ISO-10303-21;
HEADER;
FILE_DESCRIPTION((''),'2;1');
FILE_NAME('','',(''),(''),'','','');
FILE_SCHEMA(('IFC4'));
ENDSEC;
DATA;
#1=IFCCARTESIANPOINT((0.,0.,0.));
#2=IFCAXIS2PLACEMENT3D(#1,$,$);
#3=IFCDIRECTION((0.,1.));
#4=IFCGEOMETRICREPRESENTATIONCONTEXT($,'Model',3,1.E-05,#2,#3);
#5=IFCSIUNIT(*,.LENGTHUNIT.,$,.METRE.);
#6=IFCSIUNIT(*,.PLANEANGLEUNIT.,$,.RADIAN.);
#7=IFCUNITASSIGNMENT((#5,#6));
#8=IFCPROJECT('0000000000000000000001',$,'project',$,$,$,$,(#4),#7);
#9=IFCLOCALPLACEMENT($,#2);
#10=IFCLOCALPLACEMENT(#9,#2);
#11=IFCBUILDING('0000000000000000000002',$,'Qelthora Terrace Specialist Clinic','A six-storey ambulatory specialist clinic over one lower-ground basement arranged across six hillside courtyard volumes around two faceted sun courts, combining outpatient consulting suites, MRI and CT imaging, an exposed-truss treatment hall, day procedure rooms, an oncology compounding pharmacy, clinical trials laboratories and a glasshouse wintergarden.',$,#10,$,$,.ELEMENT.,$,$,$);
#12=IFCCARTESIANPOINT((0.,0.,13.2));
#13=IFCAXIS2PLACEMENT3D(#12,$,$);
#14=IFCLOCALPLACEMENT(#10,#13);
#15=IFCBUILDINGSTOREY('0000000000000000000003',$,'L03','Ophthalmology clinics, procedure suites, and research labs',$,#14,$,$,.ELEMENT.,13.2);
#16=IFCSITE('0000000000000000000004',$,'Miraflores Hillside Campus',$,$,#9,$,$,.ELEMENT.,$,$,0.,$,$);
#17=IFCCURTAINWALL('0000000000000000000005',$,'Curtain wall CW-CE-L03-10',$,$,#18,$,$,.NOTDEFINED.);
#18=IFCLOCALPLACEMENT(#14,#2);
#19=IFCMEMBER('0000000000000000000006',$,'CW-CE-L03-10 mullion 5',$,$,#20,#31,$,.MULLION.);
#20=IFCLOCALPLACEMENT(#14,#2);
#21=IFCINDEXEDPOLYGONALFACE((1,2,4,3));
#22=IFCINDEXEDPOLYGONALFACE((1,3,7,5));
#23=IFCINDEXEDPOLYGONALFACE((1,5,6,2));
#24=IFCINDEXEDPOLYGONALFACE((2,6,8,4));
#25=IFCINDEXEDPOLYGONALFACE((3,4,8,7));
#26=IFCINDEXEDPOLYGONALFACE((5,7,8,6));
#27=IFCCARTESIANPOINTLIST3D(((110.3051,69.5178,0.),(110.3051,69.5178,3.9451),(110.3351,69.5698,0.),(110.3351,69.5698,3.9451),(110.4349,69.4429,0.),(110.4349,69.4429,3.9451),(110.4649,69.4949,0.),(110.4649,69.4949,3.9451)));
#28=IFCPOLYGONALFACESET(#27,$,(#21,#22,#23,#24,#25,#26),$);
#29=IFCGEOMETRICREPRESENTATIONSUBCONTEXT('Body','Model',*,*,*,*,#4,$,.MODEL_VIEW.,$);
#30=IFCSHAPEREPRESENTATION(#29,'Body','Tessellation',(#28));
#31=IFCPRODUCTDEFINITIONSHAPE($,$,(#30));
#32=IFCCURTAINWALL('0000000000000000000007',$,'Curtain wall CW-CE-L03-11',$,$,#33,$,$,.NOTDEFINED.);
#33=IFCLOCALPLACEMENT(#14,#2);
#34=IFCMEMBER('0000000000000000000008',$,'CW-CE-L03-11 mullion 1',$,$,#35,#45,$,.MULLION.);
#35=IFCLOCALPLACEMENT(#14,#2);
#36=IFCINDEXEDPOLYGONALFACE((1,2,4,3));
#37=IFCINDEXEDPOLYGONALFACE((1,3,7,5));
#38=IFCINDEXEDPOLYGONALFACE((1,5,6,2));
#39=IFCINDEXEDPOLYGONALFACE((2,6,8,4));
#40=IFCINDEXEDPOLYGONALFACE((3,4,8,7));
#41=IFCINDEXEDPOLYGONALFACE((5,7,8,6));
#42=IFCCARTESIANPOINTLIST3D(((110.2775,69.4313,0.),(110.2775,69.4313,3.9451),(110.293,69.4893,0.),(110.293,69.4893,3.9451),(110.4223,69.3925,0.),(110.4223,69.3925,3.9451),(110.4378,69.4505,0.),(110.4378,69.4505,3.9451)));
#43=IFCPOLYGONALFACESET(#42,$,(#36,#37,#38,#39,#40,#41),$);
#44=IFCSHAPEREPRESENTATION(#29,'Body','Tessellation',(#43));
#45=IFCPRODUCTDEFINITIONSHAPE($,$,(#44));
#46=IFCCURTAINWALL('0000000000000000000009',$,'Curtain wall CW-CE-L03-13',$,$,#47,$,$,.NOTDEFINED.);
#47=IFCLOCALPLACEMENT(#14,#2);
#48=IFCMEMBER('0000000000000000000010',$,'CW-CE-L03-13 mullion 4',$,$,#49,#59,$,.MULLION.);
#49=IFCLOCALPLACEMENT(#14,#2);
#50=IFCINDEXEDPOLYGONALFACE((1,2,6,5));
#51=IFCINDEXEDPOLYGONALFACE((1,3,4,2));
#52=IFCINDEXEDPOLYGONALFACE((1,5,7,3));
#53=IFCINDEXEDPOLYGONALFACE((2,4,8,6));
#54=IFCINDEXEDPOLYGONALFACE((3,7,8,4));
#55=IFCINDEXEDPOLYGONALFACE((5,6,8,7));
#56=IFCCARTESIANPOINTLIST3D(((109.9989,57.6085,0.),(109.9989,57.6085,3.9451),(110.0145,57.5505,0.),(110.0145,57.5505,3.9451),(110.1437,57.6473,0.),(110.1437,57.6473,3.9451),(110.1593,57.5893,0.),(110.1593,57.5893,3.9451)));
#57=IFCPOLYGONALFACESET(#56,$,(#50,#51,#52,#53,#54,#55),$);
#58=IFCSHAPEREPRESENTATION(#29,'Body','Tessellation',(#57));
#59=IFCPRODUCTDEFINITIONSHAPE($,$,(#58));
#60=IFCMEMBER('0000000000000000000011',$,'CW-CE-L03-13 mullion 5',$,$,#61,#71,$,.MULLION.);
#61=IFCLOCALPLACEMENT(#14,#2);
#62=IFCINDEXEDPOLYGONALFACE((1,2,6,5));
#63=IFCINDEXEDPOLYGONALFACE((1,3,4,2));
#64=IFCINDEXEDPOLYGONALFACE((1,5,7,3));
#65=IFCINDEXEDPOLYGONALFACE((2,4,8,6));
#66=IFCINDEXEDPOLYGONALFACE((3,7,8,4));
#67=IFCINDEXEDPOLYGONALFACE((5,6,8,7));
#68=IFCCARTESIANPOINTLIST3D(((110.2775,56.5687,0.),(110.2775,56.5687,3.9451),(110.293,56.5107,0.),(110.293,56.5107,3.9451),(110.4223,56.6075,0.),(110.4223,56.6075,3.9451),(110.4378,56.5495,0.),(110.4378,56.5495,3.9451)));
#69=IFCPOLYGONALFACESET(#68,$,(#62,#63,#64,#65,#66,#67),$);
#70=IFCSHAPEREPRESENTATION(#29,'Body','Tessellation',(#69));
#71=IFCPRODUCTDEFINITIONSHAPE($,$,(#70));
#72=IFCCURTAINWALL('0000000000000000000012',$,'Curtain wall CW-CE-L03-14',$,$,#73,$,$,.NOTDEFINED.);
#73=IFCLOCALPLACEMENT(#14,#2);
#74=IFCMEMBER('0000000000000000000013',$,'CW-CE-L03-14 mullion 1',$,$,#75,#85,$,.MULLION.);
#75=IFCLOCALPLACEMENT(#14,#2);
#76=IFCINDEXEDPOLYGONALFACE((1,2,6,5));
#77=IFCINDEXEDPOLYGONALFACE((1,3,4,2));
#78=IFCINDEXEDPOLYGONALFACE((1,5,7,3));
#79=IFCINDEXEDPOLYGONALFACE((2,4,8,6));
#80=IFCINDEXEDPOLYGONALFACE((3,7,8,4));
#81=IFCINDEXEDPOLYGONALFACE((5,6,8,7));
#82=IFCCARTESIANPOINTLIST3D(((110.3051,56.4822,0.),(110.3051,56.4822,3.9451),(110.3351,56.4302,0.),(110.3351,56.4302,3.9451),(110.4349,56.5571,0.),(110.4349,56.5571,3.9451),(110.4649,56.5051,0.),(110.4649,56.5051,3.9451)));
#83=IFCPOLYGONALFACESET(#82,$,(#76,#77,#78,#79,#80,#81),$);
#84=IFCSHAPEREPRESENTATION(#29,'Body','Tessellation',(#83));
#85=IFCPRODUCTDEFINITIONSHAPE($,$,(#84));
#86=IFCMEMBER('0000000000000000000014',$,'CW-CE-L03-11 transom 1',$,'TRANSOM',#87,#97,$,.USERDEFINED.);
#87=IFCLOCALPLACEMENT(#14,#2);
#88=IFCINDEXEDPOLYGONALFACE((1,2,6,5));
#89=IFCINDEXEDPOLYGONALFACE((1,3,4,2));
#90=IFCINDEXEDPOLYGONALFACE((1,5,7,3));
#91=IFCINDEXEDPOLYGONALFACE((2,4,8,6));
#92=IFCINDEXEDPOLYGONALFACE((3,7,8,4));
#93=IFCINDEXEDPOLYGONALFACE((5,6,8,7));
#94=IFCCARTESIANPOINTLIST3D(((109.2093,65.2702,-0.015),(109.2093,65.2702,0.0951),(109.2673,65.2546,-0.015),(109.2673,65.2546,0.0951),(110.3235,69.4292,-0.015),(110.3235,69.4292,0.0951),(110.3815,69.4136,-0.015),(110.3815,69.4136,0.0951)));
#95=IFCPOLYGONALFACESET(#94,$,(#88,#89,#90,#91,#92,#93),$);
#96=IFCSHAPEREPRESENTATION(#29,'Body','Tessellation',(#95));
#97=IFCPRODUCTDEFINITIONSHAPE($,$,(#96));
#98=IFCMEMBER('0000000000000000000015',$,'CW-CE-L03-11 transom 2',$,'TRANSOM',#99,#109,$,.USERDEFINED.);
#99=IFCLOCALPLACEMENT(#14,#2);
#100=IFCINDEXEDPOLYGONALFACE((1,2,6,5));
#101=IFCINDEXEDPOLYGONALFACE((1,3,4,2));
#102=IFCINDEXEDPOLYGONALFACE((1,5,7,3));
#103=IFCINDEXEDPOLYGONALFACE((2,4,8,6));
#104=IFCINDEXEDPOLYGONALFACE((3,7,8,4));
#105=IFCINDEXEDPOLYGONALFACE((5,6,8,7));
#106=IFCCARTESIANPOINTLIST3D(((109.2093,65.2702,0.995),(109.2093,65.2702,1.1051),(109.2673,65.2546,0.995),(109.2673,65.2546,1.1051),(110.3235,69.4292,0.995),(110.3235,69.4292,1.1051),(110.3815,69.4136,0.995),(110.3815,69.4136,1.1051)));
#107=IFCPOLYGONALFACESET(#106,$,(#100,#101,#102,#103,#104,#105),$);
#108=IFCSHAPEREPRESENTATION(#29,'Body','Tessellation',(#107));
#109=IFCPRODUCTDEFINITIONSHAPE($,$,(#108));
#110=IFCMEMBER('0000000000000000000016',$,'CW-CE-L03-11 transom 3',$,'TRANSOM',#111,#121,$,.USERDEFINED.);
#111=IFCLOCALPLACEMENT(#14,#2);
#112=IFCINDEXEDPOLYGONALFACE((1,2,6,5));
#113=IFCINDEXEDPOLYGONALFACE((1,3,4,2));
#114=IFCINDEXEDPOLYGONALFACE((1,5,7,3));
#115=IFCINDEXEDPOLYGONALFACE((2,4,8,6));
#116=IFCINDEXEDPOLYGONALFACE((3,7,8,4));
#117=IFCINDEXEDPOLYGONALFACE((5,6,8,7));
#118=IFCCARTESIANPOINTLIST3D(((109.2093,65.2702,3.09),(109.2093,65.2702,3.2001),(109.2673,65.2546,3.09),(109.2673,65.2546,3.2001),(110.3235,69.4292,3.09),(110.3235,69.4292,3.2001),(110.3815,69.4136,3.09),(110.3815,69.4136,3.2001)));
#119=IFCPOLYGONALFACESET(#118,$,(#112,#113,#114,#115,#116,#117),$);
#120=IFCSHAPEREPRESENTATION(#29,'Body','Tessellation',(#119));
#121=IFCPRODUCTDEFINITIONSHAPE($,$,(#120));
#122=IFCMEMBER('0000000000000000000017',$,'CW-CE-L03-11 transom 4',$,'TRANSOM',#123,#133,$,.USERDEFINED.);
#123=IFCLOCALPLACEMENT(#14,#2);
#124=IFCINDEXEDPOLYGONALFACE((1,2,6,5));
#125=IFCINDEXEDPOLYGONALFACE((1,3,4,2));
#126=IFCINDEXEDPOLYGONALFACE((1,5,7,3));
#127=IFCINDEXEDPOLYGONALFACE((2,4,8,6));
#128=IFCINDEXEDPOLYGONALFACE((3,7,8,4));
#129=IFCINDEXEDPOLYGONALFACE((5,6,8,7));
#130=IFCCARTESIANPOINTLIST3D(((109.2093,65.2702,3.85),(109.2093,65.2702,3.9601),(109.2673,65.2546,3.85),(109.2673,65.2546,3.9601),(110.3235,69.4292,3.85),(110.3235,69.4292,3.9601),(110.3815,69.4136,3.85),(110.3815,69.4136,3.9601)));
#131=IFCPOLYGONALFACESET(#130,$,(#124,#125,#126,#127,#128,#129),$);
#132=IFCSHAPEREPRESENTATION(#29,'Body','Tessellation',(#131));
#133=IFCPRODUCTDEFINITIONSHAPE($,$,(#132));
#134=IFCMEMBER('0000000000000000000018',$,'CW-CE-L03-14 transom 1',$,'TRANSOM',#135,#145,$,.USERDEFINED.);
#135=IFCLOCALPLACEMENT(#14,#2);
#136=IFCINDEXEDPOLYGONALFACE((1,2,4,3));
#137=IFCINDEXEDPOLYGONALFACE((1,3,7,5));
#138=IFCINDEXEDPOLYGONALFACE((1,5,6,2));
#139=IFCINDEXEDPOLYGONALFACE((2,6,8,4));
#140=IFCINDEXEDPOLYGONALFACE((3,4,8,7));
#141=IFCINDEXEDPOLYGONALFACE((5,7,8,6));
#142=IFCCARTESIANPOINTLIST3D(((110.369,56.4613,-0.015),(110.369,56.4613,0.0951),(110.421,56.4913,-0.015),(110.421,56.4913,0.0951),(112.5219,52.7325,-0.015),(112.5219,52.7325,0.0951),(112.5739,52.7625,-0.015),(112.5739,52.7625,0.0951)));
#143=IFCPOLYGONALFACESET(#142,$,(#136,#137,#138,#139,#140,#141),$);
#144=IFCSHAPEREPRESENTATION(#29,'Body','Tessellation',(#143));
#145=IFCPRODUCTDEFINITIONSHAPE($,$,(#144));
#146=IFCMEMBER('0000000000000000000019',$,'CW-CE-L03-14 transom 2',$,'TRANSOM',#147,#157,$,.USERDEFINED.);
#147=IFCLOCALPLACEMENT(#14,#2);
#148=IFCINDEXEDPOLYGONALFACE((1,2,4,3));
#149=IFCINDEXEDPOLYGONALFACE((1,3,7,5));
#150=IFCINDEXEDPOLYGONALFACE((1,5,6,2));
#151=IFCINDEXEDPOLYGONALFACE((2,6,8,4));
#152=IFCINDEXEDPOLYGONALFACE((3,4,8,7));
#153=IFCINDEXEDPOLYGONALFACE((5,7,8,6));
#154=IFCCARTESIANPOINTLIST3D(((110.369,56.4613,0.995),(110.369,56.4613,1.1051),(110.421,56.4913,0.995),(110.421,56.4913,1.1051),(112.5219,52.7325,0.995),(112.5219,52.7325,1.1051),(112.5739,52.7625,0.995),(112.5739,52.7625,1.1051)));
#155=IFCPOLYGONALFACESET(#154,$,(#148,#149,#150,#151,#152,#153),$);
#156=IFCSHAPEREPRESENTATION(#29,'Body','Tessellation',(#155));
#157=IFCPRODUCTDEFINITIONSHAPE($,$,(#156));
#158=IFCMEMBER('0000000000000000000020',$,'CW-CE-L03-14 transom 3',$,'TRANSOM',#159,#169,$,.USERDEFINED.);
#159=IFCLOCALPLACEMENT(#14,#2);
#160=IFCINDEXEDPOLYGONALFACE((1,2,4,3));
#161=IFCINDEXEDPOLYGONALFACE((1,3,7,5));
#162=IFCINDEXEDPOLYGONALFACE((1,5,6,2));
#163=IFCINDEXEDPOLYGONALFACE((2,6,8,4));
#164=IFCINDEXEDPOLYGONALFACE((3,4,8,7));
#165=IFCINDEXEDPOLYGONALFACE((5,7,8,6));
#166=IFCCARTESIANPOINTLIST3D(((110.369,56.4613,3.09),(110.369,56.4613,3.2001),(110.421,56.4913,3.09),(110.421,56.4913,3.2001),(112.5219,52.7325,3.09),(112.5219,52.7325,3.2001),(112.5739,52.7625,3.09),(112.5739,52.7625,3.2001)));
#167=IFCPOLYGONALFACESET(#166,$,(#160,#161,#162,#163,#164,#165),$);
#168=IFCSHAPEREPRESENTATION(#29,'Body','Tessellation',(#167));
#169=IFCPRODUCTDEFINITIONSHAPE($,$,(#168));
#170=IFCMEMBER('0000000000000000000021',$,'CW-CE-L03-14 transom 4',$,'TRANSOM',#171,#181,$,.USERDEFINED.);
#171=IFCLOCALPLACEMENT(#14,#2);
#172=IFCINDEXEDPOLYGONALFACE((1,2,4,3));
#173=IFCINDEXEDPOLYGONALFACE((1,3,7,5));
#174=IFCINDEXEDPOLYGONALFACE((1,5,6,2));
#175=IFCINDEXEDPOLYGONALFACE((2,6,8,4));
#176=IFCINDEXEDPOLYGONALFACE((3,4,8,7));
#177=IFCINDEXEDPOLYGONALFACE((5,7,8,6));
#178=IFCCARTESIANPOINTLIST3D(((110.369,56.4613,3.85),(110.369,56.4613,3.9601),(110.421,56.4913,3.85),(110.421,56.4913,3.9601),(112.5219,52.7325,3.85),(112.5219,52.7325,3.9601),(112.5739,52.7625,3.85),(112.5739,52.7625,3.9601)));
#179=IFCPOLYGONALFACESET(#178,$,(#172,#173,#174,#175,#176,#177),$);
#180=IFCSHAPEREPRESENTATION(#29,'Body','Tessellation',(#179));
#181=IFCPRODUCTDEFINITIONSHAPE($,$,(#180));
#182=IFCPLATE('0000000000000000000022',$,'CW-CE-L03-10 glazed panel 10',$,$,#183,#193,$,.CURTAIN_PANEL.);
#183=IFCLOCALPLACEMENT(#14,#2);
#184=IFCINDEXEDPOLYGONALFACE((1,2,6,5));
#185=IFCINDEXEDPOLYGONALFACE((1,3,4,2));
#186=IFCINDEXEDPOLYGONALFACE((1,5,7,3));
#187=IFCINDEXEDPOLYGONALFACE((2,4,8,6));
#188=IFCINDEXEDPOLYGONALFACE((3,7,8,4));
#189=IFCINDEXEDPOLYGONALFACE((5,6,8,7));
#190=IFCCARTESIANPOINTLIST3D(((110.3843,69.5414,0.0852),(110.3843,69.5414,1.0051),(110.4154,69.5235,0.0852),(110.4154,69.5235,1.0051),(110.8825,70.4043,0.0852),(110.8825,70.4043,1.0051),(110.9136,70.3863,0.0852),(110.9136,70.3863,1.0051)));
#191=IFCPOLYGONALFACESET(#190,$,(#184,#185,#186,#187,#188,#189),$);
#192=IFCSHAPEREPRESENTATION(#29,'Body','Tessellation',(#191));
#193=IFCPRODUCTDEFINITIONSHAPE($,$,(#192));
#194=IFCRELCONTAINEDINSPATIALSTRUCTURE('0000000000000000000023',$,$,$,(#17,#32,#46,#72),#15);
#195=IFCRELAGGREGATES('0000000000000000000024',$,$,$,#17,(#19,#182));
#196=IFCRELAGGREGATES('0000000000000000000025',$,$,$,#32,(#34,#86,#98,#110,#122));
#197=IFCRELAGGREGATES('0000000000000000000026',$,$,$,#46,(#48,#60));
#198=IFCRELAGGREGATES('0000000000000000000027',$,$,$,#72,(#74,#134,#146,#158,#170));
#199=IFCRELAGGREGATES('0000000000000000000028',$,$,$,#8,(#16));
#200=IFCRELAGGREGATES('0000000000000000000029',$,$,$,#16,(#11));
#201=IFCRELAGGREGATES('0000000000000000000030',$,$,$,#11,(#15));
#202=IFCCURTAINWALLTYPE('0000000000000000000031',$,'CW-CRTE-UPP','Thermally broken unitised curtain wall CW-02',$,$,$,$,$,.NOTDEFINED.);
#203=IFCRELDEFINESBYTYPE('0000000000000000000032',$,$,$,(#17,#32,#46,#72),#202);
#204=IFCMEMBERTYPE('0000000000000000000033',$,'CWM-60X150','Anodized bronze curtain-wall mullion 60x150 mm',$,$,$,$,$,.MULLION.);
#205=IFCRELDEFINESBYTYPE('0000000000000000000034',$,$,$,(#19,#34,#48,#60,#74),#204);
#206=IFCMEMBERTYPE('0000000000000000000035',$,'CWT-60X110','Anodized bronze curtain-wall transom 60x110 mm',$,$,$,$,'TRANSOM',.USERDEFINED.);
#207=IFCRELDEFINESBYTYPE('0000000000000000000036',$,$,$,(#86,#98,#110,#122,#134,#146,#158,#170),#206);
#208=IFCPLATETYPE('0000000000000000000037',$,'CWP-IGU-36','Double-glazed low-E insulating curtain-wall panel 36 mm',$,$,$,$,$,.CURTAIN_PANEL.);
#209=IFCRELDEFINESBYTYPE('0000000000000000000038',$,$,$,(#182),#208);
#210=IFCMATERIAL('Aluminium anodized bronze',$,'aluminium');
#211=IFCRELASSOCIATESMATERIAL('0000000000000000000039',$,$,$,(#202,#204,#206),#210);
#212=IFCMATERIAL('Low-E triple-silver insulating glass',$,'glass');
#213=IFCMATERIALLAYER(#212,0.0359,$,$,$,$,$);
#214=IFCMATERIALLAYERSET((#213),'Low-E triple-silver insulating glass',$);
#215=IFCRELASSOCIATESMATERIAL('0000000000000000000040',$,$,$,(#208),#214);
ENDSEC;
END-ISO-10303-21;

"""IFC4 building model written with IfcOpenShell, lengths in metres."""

from ifc_helpers import new_model, si_unit, direction, frame, origin, origin_2d, place, context, subcontext, project, spatial, rectangle, extrude, material, layer, layer_set, material_profile, profile_set, type_object, element, aggregate, save


model = new_model("IFC4")

# Units and contexts
model_context = context("Model", 3, precision=1e-05, world=origin(), true_north=direction((0.0, 1.0)))
body_context = subcontext(model_context, "Body", "Model", "MODEL_VIEW")
ifc_project = project(units=[si_unit("LENGTHUNIT", "METRE"), si_unit("PLANEANGLEUNIT", "RADIAN")], contexts=[model_context])

# Site, building, storey
site_placement = place(None, origin())
site = spatial("IfcSite", under=ifc_project, at=site_placement, Name="Miraflores Hillside Campus", CompositionType="ELEMENT", RefElevation=0.0)
building_placement = place(site_placement, origin())
building = spatial("IfcBuilding", under=site, at=building_placement, Name="Qelthora Terrace Specialist Clinic", Description="A six-storey ambulatory specialist clinic over one lower-ground basement arranged across six hillside courtyard volumes around two faceted sun courts, combining outpatient consulting suites, MRI and CT imaging, an exposed-truss treatment hall, day procedure rooms, an oncology compounding pharmacy, clinical trials laboratories and a glasshouse wintergarden.", CompositionType="ELEMENT")
storey_placement = place(building_placement, frame((0.0, 0.0, 13.2)))
storey = spatial("IfcBuildingStorey", under=building, at=storey_placement, Name="L03", Description="Ophthalmology clinics, procedure suites, and research labs", CompositionType="ELEMENT", Elevation=13.2)

# Curtain walls, members
ifc_material_1 = material(Name="Aluminium anodized bronze", Category="aluminium")
curtain_wall_type = type_object("IfcCurtainWallType", Name="CW-CRTE-UPP", Description="Thermally broken unitised curtain wall CW-02", PredefinedType="NOTDEFINED", material=ifc_material_1)
curtain_wall_1_placement = place(storey_placement, origin())
curtain_wall_1 = element("IfcCurtainWall", 1, at=curtain_wall_1_placement, inside=storey, type_object=curtain_wall_type, Name="Curtain wall CW-CE-L03-10", PredefinedType="NOTDEFINED")
ifc_material_profile_1 = material_profile(ifc_material_1, rectangle(XDim=0.0601, YDim=0.1499, at=origin_2d()), Name="CWM60X150")
ifc_profile_set_1 = profile_set([ifc_material_profile_1], Name="Aluminium anodized bronze")
member_type_1 = type_object("IfcMemberType", Name="CWM-60X150", Description="Anodized bronze curtain-wall mullion 60x150 mm", PredefinedType="MULLION", material=ifc_profile_set_1)
member_1_placement = place(storey_placement, frame((110.385, 69.5063, 0.0), z_axis=(0.0, 0.0, 1.0), x_axis=(-0.5, -0.866025, 0.0)))
member_1 = element("IfcMember", 2, at=member_1_placement, type_object=member_type_1, Name="CW-CE-L03-10 mullion 5", PredefinedType="MULLION", context=body_context, shape_type="SweptSolid", body=[
    extrude(rectangle(XDim=0.0601, YDim=0.1499, at=origin_2d()), origin(), (0.0, 0.0, 1.0), 3.9451),
])
curtain_wall_2_placement = place(storey_placement, origin())
curtain_wall_2 = element("IfcCurtainWall", 3, at=curtain_wall_2_placement, inside=storey, type_object=curtain_wall_type, Name="Curtain wall CW-CE-L03-11", PredefinedType="NOTDEFINED")
member_2_placement = place(storey_placement, frame((110.3577, 69.4409, 0.0), z_axis=(0.0, 0.0, 1.0), x_axis=(-0.25882, -0.965926, 0.0)))
member_2 = element("IfcMember", 4, at=member_2_placement, type_object=member_type_1, Name="CW-CE-L03-11 mullion 1", PredefinedType="MULLION", context=body_context, shape_type="SweptSolid", body=[
    extrude(rectangle(XDim=0.0601, YDim=0.1499, at=origin_2d()), origin(), (0.0, 0.0, 1.0), 3.9451),
])

# Curtain wall, members
curtain_wall_3_placement = place(storey_placement, origin())
curtain_wall_3 = element("IfcCurtainWall", 5, at=curtain_wall_3_placement, inside=storey, type_object=curtain_wall_type, Name="Curtain wall CW-CE-L03-13", PredefinedType="NOTDEFINED")
member_3_placement = place(storey_placement, frame((110.0791, 57.5989, 0.0), z_axis=(0.0, 0.0, 1.0), x_axis=(0.25882, -0.965926, 0.0)))
member_3 = element("IfcMember", 6, at=member_3_placement, type_object=member_type_1, Name="CW-CE-L03-13 mullion 4", PredefinedType="MULLION", context=body_context, shape_type="SweptSolid", body=[
    extrude(rectangle(XDim=0.0601, YDim=0.1499, at=origin_2d()), origin(), (0.0, 0.0, 1.0), 3.9451),
])
member_4_placement = place(storey_placement, frame((110.3577, 56.5591, 0.0), z_axis=(0.0, 0.0, 1.0), x_axis=(0.25882, -0.965926, 0.0)))
member_4 = element("IfcMember", 7, at=member_4_placement, type_object=member_type_1, Name="CW-CE-L03-13 mullion 5", PredefinedType="MULLION", context=body_context, shape_type="SweptSolid", body=[
    extrude(rectangle(XDim=0.0601, YDim=0.1499, at=origin_2d()), origin(), (0.0, 0.0, 1.0), 3.9451),
])

# Curtain wall, member
curtain_wall_4_placement = place(storey_placement, origin())
curtain_wall_4 = element("IfcCurtainWall", 8, at=curtain_wall_4_placement, inside=storey, type_object=curtain_wall_type, Name="Curtain wall CW-CE-L03-14", PredefinedType="NOTDEFINED")
member_5_placement = place(storey_placement, frame((110.385, 56.4937, 0.0), z_axis=(0.0, 0.0, 1.0), x_axis=(0.5, -0.866025, 0.0)))
member_5 = element("IfcMember", 9, at=member_5_placement, type_object=member_type_1, Name="CW-CE-L03-14 mullion 1", PredefinedType="MULLION", context=body_context, shape_type="SweptSolid", body=[
    extrude(rectangle(XDim=0.0601, YDim=0.1499, at=origin_2d()), origin(), (0.0, 0.0, 1.0), 3.9451),
])

# Members
ifc_material_profile_2 = material_profile(ifc_material_1, rectangle(XDim=0.0601, YDim=0.1101, at=origin_2d()), Name="CWT60X110")
ifc_profile_set_2 = profile_set([ifc_material_profile_2], Name="Aluminium anodized bronze")
member_type_2 = type_object("IfcMemberType", Name="CWT-60X110", Description="Anodized bronze curtain-wall transom 60x110 mm", ElementType="TRANSOM", PredefinedType="USERDEFINED", material=ifc_profile_set_2)
member_6_placement = place(storey_placement, frame((110.3525, 69.4214, 0.04), z_axis=(-0.258792, -0.965933, 0.0), x_axis=(0.965933, -0.258792, 0.0)))
member_6 = element("IfcMember", 10, at=member_6_placement, type_object=member_type_2, Name="CW-CE-L03-11 transom 1", ObjectType="TRANSOM", PredefinedType="USERDEFINED", context=body_context, shape_type="SweptSolid", body=[
    extrude(rectangle(XDim=0.0601, YDim=0.1101, at=origin_2d()), origin(), (0.0, 0.0, 1.0), 4.3057),
])
member_7_placement = place(storey_placement, frame((110.3525, 69.4214, 1.05), z_axis=(-0.258792, -0.965933, 0.0), x_axis=(0.965933, -0.258792, 0.0)))
member_7 = element("IfcMember", 11, at=member_7_placement, type_object=member_type_2, Name="CW-CE-L03-11 transom 2", ObjectType="TRANSOM", PredefinedType="USERDEFINED", context=body_context, shape_type="SweptSolid", body=[
    extrude(rectangle(XDim=0.0601, YDim=0.1101, at=origin_2d()), origin(), (0.0, 0.0, 1.0), 4.3057),
])
member_8_placement = place(storey_placement, frame((110.3525, 69.4214, 3.145), z_axis=(-0.258792, -0.965933, 0.0), x_axis=(0.965933, -0.258792, 0.0)))
member_8 = element("IfcMember", 12, at=member_8_placement, type_object=member_type_2, Name="CW-CE-L03-11 transom 3", ObjectType="TRANSOM", PredefinedType="USERDEFINED", context=body_context, shape_type="SweptSolid", body=[
    extrude(rectangle(XDim=0.0601, YDim=0.1101, at=origin_2d()), origin(), (0.0, 0.0, 1.0), 4.3057),
])
member_9_placement = place(storey_placement, frame((110.3525, 69.4214, 3.905), z_axis=(-0.258792, -0.965933, 0.0), x_axis=(0.965933, -0.258792, 0.0)))
member_9 = element("IfcMember", 13, at=member_9_placement, type_object=member_type_2, Name="CW-CE-L03-11 transom 4", ObjectType="TRANSOM", PredefinedType="USERDEFINED", context=body_context, shape_type="SweptSolid", body=[
    extrude(rectangle(XDim=0.0601, YDim=0.1101, at=origin_2d()), origin(), (0.0, 0.0, 1.0), 4.3057),
])
member_10_placement = place(storey_placement, frame((110.395, 56.4763, 0.04), z_axis=(0.500006, -0.866022, 0.0), x_axis=(0.866022, 0.500006, 0.0)))
member_10 = element("IfcMember", 14, at=member_10_placement, type_object=member_type_2, Name="CW-CE-L03-14 transom 1", ObjectType="TRANSOM", PredefinedType="USERDEFINED", context=body_context, shape_type="SweptSolid", body=[
    extrude(rectangle(XDim=0.0601, YDim=0.1101, at=origin_2d()), origin(), (0.0, 0.0, 1.0), 4.3057),
])
member_11_placement = place(storey_placement, frame((110.395, 56.4763, 1.05), z_axis=(0.500006, -0.866022, 0.0), x_axis=(0.866022, 0.500006, 0.0)))
member_11 = element("IfcMember", 15, at=member_11_placement, type_object=member_type_2, Name="CW-CE-L03-14 transom 2", ObjectType="TRANSOM", PredefinedType="USERDEFINED", context=body_context, shape_type="SweptSolid", body=[
    extrude(rectangle(XDim=0.0601, YDim=0.1101, at=origin_2d()), origin(), (0.0, 0.0, 1.0), 4.3057),
])
member_12_placement = place(storey_placement, frame((110.395, 56.4763, 3.145), z_axis=(0.500006, -0.866022, 0.0), x_axis=(0.866022, 0.500006, 0.0)))
member_12 = element("IfcMember", 16, at=member_12_placement, type_object=member_type_2, Name="CW-CE-L03-14 transom 3", ObjectType="TRANSOM", PredefinedType="USERDEFINED", context=body_context, shape_type="SweptSolid", body=[
    extrude(rectangle(XDim=0.0601, YDim=0.1101, at=origin_2d()), origin(), (0.0, 0.0, 1.0), 4.3057),
])
member_13_placement = place(storey_placement, frame((110.395, 56.4763, 3.905), z_axis=(0.500006, -0.866022, 0.0), x_axis=(0.866022, 0.500006, 0.0)))
member_13 = element("IfcMember", 17, at=member_13_placement, type_object=member_type_2, Name="CW-CE-L03-14 transom 4", ObjectType="TRANSOM", PredefinedType="USERDEFINED", context=body_context, shape_type="SweptSolid", body=[
    extrude(rectangle(XDim=0.0601, YDim=0.1101, at=origin_2d()), origin(), (0.0, 0.0, 1.0), 4.3057),
])

# Plate
ifc_material_2 = material(Name="Low-E triple-silver insulating glass", Category="glass")
ifc_layer = layer(ifc_material_2, 0.0359)
ifc_layer_set = layer_set([ifc_layer], Name="Low-E triple-silver insulating glass")
plate_type = type_object("IfcPlateType", Name="CWP-IGU-36", Description="Double-glazed low-E insulating curtain-wall panel 36 mm", PredefinedType="CURTAIN_PANEL", material=ifc_layer_set)
plate_1_placement = place(storey_placement, frame((110.6489, 69.9639, 0.0852), z_axis=(0.0, 0.0, 1.0), x_axis=(-0.5, -0.866025, 0.0)))
plate_1 = element("IfcPlate", 18, at=plate_1_placement, type_object=plate_type, Name="CW-CE-L03-10 glazed panel 10", PredefinedType="CURTAIN_PANEL", context=body_context, shape_type="SweptSolid", body=[
    extrude(rectangle(XDim=0.9963, YDim=0.0359, at=origin_2d()), origin(), (0.0, 0.0, 1.0), 0.9199),
])
aggregate(curtain_wall_1, [member_1, plate_1])
aggregate(curtain_wall_2, [member_2, member_6, member_7, member_8, member_9])
aggregate(curtain_wall_3, [member_3, member_4])
aggregate(curtain_wall_4, [member_5, member_10, member_11, member_12, member_13])

save(model, "model.ifc")
